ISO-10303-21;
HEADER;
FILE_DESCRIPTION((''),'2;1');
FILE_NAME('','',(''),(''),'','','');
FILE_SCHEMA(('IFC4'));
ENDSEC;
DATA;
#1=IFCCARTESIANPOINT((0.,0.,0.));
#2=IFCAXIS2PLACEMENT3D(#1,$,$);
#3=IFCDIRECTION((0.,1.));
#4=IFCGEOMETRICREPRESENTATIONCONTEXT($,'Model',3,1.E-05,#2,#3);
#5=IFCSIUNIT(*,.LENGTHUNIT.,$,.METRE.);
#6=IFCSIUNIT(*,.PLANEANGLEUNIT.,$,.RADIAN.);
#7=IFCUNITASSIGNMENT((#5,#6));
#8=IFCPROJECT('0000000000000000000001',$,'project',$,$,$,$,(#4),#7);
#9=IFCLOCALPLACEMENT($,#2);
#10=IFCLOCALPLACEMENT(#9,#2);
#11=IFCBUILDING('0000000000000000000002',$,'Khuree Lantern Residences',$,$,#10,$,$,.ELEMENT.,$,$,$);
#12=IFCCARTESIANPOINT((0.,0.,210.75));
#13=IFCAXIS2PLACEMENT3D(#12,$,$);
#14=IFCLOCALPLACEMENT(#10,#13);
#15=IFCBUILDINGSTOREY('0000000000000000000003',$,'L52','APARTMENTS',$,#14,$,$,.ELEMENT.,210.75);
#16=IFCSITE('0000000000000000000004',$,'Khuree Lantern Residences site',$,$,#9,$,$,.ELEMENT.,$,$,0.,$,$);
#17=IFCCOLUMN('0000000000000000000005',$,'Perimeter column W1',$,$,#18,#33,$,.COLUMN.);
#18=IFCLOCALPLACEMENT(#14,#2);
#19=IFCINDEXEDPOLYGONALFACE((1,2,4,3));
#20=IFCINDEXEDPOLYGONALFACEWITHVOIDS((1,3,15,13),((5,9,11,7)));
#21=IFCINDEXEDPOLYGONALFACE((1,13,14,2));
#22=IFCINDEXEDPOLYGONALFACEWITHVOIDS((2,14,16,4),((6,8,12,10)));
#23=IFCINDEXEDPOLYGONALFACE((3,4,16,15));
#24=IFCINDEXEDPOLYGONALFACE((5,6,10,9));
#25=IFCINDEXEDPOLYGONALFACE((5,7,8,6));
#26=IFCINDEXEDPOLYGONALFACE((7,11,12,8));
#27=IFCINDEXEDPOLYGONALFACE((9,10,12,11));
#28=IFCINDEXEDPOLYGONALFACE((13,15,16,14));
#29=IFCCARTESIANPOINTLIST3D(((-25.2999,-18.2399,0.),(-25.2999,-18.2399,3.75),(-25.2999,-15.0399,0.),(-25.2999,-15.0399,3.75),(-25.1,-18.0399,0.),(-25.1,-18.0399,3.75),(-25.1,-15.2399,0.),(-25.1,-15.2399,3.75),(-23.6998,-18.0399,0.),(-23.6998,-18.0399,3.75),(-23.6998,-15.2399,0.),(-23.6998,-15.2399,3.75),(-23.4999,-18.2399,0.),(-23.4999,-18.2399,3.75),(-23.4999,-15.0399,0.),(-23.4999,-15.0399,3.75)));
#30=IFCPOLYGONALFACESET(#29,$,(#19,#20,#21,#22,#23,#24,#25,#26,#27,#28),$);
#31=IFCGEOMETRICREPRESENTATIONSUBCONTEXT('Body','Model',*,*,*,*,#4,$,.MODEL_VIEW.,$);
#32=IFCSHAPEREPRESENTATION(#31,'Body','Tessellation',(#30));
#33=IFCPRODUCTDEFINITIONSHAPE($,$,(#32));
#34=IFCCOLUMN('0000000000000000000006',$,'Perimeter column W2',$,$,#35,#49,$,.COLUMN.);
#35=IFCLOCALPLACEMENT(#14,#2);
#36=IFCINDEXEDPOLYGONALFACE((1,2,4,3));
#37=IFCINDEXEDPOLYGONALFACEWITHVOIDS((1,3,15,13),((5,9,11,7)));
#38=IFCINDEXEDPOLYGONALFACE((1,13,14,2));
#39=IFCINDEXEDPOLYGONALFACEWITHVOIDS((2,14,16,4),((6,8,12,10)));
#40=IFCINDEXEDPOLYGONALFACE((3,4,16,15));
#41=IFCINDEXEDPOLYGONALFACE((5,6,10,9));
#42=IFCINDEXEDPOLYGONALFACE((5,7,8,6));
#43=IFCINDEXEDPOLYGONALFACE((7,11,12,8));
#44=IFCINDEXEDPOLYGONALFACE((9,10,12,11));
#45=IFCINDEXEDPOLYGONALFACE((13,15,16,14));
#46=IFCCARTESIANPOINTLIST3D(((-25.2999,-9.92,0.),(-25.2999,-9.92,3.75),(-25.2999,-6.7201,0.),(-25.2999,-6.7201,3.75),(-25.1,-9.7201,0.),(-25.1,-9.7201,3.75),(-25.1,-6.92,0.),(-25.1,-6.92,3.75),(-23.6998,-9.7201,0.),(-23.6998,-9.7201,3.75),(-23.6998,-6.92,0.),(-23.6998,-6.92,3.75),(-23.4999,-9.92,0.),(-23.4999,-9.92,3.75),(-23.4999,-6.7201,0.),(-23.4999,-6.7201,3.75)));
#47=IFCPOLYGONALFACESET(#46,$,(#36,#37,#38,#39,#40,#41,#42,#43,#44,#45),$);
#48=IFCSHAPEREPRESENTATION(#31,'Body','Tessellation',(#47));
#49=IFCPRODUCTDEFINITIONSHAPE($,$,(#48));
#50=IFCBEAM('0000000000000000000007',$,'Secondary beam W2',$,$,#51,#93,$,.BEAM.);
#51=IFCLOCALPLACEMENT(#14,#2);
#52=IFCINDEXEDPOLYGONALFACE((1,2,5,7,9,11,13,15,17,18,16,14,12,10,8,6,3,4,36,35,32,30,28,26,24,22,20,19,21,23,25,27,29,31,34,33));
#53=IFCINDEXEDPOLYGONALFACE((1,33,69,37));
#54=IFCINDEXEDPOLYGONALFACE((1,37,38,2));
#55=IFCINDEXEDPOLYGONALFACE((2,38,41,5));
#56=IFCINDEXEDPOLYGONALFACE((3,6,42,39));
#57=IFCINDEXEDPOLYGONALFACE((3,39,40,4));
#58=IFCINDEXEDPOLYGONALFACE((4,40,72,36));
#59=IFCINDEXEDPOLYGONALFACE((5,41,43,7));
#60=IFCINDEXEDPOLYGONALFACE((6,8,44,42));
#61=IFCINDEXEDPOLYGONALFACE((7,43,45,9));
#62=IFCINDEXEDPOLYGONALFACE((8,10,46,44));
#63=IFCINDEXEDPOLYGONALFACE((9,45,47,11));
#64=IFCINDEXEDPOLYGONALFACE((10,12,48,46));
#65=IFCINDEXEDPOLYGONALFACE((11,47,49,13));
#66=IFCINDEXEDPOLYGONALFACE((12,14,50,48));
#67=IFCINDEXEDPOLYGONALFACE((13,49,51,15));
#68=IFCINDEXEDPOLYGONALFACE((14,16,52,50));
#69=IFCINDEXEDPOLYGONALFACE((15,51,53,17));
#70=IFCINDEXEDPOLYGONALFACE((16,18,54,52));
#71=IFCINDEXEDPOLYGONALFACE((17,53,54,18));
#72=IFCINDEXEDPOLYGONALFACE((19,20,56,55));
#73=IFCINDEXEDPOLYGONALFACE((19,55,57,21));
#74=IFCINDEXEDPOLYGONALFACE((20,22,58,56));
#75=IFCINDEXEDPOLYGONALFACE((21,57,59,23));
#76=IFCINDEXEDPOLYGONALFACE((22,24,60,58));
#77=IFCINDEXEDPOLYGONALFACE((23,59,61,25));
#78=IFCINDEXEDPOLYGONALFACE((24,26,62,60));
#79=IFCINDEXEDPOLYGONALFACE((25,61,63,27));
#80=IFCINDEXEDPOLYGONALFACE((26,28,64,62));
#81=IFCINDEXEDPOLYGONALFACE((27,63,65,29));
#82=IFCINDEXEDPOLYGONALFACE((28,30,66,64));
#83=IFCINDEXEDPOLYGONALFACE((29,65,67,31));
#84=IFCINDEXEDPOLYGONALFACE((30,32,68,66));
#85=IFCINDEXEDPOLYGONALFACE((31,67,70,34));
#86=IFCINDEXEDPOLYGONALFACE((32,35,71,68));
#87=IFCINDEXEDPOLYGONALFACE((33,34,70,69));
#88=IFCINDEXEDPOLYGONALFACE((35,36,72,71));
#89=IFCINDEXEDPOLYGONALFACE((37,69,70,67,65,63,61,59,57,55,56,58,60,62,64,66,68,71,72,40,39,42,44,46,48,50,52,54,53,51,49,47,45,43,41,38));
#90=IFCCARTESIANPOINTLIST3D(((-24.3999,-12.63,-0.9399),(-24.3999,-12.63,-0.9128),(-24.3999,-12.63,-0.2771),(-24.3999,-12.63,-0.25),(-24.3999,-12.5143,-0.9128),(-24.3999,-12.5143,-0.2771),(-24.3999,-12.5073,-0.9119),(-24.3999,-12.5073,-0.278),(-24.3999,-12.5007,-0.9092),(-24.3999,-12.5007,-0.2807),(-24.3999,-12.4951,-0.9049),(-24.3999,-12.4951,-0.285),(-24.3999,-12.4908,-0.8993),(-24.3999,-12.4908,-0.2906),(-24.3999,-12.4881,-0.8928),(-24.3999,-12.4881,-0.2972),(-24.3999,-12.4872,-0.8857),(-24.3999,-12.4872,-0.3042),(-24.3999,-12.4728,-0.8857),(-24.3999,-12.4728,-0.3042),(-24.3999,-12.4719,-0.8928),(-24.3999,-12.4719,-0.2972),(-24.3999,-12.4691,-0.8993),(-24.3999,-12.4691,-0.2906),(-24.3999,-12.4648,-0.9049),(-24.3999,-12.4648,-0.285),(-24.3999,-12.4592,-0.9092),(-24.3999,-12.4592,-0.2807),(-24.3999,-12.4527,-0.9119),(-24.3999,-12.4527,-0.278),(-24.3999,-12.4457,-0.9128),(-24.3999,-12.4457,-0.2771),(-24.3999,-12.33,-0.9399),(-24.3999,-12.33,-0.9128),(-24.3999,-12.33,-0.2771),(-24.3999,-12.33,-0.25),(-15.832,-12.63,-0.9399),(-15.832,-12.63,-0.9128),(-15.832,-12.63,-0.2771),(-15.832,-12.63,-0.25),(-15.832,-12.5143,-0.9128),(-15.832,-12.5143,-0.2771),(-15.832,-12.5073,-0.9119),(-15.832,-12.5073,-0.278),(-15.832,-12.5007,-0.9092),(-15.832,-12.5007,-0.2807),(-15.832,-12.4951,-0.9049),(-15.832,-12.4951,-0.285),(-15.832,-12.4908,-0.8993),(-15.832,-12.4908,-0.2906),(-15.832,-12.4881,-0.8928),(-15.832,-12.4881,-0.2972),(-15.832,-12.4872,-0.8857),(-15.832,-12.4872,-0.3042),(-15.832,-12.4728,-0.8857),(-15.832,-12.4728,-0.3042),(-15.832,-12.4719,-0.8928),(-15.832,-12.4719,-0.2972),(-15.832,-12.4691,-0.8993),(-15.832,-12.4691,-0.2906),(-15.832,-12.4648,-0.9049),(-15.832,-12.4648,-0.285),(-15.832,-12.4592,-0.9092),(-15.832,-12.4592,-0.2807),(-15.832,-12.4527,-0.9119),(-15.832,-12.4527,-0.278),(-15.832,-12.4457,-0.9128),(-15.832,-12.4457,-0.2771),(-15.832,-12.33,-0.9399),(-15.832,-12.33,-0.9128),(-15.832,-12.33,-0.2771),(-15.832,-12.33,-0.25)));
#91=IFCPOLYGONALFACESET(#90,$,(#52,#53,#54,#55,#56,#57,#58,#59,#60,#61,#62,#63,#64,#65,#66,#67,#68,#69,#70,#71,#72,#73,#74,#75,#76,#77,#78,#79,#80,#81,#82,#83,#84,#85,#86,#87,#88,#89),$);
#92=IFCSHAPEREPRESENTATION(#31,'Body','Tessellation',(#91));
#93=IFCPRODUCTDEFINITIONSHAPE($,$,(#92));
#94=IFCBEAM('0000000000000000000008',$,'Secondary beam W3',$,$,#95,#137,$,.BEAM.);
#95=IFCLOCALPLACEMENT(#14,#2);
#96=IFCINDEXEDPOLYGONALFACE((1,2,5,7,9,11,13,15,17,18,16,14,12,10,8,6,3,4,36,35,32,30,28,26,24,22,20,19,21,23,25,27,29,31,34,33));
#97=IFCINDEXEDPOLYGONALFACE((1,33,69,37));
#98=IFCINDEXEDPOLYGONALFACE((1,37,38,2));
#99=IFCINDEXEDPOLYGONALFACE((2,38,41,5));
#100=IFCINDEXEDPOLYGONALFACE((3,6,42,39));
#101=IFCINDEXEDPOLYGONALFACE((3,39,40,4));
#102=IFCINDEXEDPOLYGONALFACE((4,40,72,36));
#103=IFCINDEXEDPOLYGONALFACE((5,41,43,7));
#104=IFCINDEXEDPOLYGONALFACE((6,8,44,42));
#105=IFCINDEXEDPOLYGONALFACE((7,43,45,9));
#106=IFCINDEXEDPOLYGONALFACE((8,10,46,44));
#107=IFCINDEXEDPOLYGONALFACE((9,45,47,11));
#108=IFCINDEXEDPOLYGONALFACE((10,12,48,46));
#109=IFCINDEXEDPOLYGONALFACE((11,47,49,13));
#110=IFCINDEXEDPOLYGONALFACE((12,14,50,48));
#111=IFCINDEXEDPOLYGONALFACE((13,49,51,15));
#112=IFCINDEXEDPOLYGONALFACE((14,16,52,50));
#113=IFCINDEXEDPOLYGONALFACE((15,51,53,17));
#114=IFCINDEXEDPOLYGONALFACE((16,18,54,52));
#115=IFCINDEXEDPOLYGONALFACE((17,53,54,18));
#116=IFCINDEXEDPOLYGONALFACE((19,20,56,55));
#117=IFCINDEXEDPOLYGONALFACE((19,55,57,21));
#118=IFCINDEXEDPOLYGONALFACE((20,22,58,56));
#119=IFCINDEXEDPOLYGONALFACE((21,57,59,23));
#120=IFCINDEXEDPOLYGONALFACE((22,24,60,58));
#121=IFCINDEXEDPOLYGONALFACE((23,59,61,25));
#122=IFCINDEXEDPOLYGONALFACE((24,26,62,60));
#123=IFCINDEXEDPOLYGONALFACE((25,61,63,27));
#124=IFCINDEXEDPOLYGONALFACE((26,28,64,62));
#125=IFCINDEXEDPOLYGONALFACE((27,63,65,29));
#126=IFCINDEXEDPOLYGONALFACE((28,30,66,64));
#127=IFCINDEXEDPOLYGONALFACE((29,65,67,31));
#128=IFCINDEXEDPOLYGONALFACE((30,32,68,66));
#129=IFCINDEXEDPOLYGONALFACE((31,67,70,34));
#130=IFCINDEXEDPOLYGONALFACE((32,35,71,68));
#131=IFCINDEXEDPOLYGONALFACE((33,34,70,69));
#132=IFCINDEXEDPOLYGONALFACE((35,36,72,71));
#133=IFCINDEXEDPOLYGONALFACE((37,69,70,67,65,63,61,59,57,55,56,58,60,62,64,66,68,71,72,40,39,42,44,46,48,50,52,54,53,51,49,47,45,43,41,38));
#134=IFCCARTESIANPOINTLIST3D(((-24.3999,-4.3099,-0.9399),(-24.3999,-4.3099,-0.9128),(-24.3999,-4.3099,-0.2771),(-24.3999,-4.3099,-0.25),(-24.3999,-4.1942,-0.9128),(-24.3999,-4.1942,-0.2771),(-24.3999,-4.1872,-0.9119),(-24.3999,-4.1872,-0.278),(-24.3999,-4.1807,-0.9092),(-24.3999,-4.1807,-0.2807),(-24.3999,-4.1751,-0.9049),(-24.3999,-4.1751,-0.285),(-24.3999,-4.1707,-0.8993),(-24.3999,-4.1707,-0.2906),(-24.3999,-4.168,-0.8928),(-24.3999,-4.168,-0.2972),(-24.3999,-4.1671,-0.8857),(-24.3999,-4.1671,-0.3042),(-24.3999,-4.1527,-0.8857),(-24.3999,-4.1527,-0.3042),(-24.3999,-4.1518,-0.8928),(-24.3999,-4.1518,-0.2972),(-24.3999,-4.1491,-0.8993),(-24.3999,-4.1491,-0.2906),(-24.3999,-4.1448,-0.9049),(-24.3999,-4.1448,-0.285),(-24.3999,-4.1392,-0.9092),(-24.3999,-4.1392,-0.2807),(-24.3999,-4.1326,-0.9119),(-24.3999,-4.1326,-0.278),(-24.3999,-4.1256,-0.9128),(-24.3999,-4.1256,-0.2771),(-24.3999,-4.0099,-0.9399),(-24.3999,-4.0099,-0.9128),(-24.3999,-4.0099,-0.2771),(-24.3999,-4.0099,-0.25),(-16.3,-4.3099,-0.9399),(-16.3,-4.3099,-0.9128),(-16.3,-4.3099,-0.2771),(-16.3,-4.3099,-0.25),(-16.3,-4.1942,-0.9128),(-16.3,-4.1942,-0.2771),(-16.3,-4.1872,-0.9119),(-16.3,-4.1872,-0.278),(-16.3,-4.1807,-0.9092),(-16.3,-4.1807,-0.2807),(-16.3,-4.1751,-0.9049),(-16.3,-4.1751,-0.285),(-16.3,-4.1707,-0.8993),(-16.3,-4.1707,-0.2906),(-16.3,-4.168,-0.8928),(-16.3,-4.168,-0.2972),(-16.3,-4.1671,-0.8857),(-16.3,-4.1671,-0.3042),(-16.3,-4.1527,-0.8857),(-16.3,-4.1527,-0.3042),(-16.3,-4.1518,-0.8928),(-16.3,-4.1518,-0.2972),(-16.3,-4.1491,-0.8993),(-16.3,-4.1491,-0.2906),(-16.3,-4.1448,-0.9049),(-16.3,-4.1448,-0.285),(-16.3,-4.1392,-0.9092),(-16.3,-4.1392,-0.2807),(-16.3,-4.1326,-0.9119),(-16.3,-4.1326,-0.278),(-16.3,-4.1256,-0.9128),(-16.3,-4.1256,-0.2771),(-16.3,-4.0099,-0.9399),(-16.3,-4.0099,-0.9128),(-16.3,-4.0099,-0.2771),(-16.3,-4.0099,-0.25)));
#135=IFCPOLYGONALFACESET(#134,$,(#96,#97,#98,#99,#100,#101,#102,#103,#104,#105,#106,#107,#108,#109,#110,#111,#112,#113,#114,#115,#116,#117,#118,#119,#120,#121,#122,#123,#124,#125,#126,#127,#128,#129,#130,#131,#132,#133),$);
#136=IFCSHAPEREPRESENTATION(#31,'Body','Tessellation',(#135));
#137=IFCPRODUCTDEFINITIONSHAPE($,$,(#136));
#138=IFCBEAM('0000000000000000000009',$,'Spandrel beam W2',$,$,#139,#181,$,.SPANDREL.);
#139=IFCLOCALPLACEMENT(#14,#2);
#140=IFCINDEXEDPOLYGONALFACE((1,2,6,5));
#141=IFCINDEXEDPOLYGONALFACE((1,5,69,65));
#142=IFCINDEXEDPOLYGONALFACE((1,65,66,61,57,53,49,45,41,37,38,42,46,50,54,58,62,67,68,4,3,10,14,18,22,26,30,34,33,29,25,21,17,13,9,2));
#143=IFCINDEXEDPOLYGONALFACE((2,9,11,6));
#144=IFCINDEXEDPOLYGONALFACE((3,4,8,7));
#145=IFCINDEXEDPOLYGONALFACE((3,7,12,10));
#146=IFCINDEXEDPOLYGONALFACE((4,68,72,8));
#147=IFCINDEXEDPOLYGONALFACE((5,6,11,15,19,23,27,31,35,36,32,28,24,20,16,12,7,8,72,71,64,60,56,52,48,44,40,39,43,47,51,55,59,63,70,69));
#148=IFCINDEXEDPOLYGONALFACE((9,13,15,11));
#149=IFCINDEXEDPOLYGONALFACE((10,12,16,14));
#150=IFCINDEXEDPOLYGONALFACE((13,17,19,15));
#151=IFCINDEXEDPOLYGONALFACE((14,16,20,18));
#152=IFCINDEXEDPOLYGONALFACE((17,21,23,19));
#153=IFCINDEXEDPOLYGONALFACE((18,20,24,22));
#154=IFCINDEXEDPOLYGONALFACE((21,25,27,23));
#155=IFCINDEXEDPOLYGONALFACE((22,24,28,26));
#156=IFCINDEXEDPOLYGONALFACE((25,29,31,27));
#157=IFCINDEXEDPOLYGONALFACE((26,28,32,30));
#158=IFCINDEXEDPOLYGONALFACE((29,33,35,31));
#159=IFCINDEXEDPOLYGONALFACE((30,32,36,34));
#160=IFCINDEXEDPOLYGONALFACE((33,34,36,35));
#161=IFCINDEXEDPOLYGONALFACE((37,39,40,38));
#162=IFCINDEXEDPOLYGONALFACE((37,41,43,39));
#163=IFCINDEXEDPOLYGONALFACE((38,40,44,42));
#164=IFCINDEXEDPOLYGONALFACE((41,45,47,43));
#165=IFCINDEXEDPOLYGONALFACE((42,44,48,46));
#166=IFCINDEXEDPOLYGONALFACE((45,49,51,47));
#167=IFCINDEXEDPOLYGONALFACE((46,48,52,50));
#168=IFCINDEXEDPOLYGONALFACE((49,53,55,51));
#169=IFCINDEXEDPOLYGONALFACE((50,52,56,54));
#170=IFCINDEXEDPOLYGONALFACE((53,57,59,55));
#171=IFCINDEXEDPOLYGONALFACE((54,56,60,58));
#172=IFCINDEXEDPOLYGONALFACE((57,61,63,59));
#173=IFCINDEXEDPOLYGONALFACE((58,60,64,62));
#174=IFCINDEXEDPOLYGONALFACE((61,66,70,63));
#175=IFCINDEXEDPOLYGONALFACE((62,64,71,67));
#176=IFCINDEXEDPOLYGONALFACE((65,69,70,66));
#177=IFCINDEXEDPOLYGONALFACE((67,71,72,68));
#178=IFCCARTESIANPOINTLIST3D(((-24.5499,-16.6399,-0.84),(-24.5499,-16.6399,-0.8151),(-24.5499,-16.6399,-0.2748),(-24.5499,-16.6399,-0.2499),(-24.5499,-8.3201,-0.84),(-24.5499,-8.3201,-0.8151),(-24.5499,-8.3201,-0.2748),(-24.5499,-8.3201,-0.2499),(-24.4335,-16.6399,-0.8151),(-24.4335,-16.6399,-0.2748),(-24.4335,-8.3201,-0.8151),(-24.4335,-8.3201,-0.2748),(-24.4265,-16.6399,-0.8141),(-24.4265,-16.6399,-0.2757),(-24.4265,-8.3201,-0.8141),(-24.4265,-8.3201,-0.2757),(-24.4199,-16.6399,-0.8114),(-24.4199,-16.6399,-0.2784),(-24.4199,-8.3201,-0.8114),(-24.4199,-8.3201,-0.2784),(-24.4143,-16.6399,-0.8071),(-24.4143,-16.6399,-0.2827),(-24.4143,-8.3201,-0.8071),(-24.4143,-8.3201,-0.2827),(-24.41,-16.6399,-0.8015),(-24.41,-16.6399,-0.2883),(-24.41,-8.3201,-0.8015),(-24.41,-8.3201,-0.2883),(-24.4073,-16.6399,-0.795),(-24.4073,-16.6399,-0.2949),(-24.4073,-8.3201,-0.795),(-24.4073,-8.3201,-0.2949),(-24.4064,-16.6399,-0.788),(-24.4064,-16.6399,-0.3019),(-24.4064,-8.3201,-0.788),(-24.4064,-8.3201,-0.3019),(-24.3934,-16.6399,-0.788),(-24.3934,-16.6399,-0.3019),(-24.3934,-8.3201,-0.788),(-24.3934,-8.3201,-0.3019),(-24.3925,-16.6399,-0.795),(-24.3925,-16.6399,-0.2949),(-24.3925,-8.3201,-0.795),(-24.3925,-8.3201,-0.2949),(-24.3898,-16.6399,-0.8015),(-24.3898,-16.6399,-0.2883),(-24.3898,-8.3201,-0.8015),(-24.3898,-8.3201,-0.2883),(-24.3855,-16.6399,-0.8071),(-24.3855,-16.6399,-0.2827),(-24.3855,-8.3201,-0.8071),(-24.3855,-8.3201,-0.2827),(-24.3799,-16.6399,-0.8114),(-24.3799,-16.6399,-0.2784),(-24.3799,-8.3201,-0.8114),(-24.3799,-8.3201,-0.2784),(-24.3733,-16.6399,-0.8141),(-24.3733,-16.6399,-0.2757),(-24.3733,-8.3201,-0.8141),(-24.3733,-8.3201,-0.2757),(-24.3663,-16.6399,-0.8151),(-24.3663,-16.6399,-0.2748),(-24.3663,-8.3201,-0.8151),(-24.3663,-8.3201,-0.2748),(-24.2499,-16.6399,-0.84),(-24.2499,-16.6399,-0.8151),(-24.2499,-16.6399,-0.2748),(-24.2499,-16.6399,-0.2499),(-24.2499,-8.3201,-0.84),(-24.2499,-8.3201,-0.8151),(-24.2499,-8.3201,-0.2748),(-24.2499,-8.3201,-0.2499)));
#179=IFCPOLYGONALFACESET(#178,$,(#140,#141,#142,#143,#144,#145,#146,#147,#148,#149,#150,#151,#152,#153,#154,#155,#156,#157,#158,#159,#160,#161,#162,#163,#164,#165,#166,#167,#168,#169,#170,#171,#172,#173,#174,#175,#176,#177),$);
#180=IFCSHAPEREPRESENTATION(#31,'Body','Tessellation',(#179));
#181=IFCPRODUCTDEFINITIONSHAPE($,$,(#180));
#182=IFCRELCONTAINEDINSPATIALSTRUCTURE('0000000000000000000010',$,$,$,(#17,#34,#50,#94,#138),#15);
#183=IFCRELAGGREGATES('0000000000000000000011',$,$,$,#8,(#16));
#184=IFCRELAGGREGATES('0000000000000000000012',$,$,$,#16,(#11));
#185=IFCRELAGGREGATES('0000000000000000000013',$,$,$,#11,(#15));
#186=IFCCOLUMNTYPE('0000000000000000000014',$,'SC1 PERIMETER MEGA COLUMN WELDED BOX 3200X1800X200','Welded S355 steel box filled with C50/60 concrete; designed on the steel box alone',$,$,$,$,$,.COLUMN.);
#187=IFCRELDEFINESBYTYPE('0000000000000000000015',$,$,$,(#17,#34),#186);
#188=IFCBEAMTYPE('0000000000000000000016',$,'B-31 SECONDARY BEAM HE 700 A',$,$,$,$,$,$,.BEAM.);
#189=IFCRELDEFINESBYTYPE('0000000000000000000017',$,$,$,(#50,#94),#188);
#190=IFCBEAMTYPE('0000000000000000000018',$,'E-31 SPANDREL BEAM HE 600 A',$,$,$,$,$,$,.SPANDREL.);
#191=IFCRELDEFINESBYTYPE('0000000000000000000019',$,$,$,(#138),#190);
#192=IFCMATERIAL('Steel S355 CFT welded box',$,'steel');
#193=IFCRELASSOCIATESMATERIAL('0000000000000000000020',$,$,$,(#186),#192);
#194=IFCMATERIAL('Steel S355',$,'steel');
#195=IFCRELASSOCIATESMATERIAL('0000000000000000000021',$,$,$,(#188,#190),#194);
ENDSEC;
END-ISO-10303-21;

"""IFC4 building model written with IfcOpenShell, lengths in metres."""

from ifc_helpers import new_model, si_unit, direction, frame, origin, origin_2d, place, context, subcontext, project, spatial, hollow_rectangle, i_section, extrude, material, material_profile, profile_set, type_object, element, save


model = new_model("IFC4")

# Units and contexts
model_context = context("Model", 3, precision=1e-05, world=origin(), true_north=direction((0.0, 1.0)))
body_context = subcontext(model_context, "Body", "Model", "MODEL_VIEW")
ifc_project = project(units=[si_unit("LENGTHUNIT", "METRE"), si_unit("PLANEANGLEUNIT", "RADIAN")], contexts=[model_context])

# Site, building, storey
site_placement = place(None, origin())
site = spatial("IfcSite", under=ifc_project, at=site_placement, Name="Khuree Lantern Residences site", CompositionType="ELEMENT", RefElevation=0.0)
building_placement = place(site_placement, origin())
building = spatial("IfcBuilding", under=site, at=building_placement, Name="Khuree Lantern Residences", CompositionType="ELEMENT")
storey_placement = place(building_placement, frame((0.0, 0.0, 210.75)))
storey = spatial("IfcBuildingStorey", under=building, at=storey_placement, Name="L52", Description="APARTMENTS", CompositionType="ELEMENT", Elevation=210.75)

# Columns
ifc_material_1 = material(Name="Steel S355 CFT welded box", Category="steel")
ifc_material_profile_1 = material_profile(ifc_material_1, hollow_rectangle(XDim=3.2, YDim=1.8, WallThickness=0.2, at=origin_2d()), Name="WELDED BOX 3200X1800X200")
ifc_profile_set_1 = profile_set([ifc_material_profile_1], Name="Steel S355 CFT welded box")
column_type = type_object("IfcColumnType", Name="SC1 PERIMETER MEGA COLUMN WELDED BOX 3200X1800X200", Description="Welded S355 steel box filled with C50/60 concrete; designed on the steel box alone", PredefinedType="COLUMN", material=ifc_profile_set_1)
for number, where, z_axis, x_axis, name in (
    (1, (-24.3999, -16.6399, 0.0), (0.0, 0.0, 1.0), (0.0, 1.0, 0.0), "Perimeter column W1"),
    (2, (-24.3999, -8.3201, 0.0), (0.0, 0.0, 1.0), (0.0, 1.0, 0.0), "Perimeter column W2"),
):
    element("IfcColumn", number, at=place(storey_placement, frame(where, z_axis=z_axis, x_axis=x_axis)), inside=storey, type_object=column_type, Name=name, PredefinedType="COLUMN", context=body_context, shape_type="SweptSolid", body=[
        extrude(hollow_rectangle(XDim=3.2, YDim=1.8, WallThickness=0.2, at=origin_2d()), origin(), (0.0, 0.0, 1.0), 3.75),
    ])

# Beams
ifc_material_2 = material(Name="Steel S355", Category="steel")
ifc_material_profile_2 = material_profile(ifc_material_2, i_section(OverallWidth=0.3, OverallDepth=0.6899, WebThickness=0.0144, FlangeThickness=0.0271, FilletRadius=0.0271, at=origin_2d()), Name="HE 700 A")
ifc_profile_set_2 = profile_set([ifc_material_profile_2], Name="Steel S355")
beam_type_1 = type_object("IfcBeamType", Name="B-31 SECONDARY BEAM HE 700 A", PredefinedType="BEAM", material=ifc_profile_set_2)
beam_1_placement = place(storey_placement, frame((-24.3999, -12.48, -0.595), z_axis=(1.0, 0.0, 0.0), x_axis=(0.0, 1.0, 0.0)))
element("IfcBeam", 3, at=beam_1_placement, inside=storey, type_object=beam_type_1, Name="Secondary beam W2", PredefinedType="BEAM", context=body_context, shape_type="SweptSolid", body=[
    extrude(i_section(OverallWidth=0.3, OverallDepth=0.6899, WebThickness=0.0144, FlangeThickness=0.0271, FilletRadius=0.0271, at=origin_2d()), origin(), (0.0, 0.0, 1.0), 8.5679),
])
beam_2_placement = place(storey_placement, frame((-24.3999, -4.1599, -0.595), z_axis=(1.0, 0.0, 0.0), x_axis=(0.0, 1.0, 0.0)))
element("IfcBeam", 4, at=beam_2_placement, inside=storey, type_object=beam_type_1, Name="Secondary beam W3", PredefinedType="BEAM", context=body_context, shape_type="SweptSolid", body=[
    extrude(i_section(OverallWidth=0.3, OverallDepth=0.6899, WebThickness=0.0144, FlangeThickness=0.0271, FilletRadius=0.0271, at=origin_2d()), origin(), (0.0, 0.0, 1.0), 8.0999),
])
ifc_material_profile_3 = material_profile(ifc_material_2, i_section(OverallWidth=0.3, OverallDepth=0.5901, WebThickness=0.0129, FlangeThickness=0.0249, FilletRadius=0.0271, at=origin_2d()), Name="HE 600 A")
ifc_profile_set_3 = profile_set([ifc_material_profile_3], Name="Steel S355")
beam_type_2 = type_object("IfcBeamType", Name="E-31 SPANDREL BEAM HE 600 A", PredefinedType="SPANDREL", material=ifc_profile_set_3)
beam_3_placement = place(storey_placement, frame((-24.3999, -16.6399, -0.5449), z_axis=(0.0, 1.0, 0.0), x_axis=(-1.0, 0.0, 0.0)))
element("IfcBeam", 5, at=beam_3_placement, inside=storey, type_object=beam_type_2, Name="Spandrel beam W2", PredefinedType="SPANDREL", context=body_context, shape_type="SweptSolid", body=[
    extrude(i_section(OverallWidth=0.3, OverallDepth=0.5901, WebThickness=0.0129, FlangeThickness=0.0249, FilletRadius=0.0271, at=origin_2d()), origin(), (0.0, 0.0, 1.0), 8.3198),
])

save(model, "model.ifc")
